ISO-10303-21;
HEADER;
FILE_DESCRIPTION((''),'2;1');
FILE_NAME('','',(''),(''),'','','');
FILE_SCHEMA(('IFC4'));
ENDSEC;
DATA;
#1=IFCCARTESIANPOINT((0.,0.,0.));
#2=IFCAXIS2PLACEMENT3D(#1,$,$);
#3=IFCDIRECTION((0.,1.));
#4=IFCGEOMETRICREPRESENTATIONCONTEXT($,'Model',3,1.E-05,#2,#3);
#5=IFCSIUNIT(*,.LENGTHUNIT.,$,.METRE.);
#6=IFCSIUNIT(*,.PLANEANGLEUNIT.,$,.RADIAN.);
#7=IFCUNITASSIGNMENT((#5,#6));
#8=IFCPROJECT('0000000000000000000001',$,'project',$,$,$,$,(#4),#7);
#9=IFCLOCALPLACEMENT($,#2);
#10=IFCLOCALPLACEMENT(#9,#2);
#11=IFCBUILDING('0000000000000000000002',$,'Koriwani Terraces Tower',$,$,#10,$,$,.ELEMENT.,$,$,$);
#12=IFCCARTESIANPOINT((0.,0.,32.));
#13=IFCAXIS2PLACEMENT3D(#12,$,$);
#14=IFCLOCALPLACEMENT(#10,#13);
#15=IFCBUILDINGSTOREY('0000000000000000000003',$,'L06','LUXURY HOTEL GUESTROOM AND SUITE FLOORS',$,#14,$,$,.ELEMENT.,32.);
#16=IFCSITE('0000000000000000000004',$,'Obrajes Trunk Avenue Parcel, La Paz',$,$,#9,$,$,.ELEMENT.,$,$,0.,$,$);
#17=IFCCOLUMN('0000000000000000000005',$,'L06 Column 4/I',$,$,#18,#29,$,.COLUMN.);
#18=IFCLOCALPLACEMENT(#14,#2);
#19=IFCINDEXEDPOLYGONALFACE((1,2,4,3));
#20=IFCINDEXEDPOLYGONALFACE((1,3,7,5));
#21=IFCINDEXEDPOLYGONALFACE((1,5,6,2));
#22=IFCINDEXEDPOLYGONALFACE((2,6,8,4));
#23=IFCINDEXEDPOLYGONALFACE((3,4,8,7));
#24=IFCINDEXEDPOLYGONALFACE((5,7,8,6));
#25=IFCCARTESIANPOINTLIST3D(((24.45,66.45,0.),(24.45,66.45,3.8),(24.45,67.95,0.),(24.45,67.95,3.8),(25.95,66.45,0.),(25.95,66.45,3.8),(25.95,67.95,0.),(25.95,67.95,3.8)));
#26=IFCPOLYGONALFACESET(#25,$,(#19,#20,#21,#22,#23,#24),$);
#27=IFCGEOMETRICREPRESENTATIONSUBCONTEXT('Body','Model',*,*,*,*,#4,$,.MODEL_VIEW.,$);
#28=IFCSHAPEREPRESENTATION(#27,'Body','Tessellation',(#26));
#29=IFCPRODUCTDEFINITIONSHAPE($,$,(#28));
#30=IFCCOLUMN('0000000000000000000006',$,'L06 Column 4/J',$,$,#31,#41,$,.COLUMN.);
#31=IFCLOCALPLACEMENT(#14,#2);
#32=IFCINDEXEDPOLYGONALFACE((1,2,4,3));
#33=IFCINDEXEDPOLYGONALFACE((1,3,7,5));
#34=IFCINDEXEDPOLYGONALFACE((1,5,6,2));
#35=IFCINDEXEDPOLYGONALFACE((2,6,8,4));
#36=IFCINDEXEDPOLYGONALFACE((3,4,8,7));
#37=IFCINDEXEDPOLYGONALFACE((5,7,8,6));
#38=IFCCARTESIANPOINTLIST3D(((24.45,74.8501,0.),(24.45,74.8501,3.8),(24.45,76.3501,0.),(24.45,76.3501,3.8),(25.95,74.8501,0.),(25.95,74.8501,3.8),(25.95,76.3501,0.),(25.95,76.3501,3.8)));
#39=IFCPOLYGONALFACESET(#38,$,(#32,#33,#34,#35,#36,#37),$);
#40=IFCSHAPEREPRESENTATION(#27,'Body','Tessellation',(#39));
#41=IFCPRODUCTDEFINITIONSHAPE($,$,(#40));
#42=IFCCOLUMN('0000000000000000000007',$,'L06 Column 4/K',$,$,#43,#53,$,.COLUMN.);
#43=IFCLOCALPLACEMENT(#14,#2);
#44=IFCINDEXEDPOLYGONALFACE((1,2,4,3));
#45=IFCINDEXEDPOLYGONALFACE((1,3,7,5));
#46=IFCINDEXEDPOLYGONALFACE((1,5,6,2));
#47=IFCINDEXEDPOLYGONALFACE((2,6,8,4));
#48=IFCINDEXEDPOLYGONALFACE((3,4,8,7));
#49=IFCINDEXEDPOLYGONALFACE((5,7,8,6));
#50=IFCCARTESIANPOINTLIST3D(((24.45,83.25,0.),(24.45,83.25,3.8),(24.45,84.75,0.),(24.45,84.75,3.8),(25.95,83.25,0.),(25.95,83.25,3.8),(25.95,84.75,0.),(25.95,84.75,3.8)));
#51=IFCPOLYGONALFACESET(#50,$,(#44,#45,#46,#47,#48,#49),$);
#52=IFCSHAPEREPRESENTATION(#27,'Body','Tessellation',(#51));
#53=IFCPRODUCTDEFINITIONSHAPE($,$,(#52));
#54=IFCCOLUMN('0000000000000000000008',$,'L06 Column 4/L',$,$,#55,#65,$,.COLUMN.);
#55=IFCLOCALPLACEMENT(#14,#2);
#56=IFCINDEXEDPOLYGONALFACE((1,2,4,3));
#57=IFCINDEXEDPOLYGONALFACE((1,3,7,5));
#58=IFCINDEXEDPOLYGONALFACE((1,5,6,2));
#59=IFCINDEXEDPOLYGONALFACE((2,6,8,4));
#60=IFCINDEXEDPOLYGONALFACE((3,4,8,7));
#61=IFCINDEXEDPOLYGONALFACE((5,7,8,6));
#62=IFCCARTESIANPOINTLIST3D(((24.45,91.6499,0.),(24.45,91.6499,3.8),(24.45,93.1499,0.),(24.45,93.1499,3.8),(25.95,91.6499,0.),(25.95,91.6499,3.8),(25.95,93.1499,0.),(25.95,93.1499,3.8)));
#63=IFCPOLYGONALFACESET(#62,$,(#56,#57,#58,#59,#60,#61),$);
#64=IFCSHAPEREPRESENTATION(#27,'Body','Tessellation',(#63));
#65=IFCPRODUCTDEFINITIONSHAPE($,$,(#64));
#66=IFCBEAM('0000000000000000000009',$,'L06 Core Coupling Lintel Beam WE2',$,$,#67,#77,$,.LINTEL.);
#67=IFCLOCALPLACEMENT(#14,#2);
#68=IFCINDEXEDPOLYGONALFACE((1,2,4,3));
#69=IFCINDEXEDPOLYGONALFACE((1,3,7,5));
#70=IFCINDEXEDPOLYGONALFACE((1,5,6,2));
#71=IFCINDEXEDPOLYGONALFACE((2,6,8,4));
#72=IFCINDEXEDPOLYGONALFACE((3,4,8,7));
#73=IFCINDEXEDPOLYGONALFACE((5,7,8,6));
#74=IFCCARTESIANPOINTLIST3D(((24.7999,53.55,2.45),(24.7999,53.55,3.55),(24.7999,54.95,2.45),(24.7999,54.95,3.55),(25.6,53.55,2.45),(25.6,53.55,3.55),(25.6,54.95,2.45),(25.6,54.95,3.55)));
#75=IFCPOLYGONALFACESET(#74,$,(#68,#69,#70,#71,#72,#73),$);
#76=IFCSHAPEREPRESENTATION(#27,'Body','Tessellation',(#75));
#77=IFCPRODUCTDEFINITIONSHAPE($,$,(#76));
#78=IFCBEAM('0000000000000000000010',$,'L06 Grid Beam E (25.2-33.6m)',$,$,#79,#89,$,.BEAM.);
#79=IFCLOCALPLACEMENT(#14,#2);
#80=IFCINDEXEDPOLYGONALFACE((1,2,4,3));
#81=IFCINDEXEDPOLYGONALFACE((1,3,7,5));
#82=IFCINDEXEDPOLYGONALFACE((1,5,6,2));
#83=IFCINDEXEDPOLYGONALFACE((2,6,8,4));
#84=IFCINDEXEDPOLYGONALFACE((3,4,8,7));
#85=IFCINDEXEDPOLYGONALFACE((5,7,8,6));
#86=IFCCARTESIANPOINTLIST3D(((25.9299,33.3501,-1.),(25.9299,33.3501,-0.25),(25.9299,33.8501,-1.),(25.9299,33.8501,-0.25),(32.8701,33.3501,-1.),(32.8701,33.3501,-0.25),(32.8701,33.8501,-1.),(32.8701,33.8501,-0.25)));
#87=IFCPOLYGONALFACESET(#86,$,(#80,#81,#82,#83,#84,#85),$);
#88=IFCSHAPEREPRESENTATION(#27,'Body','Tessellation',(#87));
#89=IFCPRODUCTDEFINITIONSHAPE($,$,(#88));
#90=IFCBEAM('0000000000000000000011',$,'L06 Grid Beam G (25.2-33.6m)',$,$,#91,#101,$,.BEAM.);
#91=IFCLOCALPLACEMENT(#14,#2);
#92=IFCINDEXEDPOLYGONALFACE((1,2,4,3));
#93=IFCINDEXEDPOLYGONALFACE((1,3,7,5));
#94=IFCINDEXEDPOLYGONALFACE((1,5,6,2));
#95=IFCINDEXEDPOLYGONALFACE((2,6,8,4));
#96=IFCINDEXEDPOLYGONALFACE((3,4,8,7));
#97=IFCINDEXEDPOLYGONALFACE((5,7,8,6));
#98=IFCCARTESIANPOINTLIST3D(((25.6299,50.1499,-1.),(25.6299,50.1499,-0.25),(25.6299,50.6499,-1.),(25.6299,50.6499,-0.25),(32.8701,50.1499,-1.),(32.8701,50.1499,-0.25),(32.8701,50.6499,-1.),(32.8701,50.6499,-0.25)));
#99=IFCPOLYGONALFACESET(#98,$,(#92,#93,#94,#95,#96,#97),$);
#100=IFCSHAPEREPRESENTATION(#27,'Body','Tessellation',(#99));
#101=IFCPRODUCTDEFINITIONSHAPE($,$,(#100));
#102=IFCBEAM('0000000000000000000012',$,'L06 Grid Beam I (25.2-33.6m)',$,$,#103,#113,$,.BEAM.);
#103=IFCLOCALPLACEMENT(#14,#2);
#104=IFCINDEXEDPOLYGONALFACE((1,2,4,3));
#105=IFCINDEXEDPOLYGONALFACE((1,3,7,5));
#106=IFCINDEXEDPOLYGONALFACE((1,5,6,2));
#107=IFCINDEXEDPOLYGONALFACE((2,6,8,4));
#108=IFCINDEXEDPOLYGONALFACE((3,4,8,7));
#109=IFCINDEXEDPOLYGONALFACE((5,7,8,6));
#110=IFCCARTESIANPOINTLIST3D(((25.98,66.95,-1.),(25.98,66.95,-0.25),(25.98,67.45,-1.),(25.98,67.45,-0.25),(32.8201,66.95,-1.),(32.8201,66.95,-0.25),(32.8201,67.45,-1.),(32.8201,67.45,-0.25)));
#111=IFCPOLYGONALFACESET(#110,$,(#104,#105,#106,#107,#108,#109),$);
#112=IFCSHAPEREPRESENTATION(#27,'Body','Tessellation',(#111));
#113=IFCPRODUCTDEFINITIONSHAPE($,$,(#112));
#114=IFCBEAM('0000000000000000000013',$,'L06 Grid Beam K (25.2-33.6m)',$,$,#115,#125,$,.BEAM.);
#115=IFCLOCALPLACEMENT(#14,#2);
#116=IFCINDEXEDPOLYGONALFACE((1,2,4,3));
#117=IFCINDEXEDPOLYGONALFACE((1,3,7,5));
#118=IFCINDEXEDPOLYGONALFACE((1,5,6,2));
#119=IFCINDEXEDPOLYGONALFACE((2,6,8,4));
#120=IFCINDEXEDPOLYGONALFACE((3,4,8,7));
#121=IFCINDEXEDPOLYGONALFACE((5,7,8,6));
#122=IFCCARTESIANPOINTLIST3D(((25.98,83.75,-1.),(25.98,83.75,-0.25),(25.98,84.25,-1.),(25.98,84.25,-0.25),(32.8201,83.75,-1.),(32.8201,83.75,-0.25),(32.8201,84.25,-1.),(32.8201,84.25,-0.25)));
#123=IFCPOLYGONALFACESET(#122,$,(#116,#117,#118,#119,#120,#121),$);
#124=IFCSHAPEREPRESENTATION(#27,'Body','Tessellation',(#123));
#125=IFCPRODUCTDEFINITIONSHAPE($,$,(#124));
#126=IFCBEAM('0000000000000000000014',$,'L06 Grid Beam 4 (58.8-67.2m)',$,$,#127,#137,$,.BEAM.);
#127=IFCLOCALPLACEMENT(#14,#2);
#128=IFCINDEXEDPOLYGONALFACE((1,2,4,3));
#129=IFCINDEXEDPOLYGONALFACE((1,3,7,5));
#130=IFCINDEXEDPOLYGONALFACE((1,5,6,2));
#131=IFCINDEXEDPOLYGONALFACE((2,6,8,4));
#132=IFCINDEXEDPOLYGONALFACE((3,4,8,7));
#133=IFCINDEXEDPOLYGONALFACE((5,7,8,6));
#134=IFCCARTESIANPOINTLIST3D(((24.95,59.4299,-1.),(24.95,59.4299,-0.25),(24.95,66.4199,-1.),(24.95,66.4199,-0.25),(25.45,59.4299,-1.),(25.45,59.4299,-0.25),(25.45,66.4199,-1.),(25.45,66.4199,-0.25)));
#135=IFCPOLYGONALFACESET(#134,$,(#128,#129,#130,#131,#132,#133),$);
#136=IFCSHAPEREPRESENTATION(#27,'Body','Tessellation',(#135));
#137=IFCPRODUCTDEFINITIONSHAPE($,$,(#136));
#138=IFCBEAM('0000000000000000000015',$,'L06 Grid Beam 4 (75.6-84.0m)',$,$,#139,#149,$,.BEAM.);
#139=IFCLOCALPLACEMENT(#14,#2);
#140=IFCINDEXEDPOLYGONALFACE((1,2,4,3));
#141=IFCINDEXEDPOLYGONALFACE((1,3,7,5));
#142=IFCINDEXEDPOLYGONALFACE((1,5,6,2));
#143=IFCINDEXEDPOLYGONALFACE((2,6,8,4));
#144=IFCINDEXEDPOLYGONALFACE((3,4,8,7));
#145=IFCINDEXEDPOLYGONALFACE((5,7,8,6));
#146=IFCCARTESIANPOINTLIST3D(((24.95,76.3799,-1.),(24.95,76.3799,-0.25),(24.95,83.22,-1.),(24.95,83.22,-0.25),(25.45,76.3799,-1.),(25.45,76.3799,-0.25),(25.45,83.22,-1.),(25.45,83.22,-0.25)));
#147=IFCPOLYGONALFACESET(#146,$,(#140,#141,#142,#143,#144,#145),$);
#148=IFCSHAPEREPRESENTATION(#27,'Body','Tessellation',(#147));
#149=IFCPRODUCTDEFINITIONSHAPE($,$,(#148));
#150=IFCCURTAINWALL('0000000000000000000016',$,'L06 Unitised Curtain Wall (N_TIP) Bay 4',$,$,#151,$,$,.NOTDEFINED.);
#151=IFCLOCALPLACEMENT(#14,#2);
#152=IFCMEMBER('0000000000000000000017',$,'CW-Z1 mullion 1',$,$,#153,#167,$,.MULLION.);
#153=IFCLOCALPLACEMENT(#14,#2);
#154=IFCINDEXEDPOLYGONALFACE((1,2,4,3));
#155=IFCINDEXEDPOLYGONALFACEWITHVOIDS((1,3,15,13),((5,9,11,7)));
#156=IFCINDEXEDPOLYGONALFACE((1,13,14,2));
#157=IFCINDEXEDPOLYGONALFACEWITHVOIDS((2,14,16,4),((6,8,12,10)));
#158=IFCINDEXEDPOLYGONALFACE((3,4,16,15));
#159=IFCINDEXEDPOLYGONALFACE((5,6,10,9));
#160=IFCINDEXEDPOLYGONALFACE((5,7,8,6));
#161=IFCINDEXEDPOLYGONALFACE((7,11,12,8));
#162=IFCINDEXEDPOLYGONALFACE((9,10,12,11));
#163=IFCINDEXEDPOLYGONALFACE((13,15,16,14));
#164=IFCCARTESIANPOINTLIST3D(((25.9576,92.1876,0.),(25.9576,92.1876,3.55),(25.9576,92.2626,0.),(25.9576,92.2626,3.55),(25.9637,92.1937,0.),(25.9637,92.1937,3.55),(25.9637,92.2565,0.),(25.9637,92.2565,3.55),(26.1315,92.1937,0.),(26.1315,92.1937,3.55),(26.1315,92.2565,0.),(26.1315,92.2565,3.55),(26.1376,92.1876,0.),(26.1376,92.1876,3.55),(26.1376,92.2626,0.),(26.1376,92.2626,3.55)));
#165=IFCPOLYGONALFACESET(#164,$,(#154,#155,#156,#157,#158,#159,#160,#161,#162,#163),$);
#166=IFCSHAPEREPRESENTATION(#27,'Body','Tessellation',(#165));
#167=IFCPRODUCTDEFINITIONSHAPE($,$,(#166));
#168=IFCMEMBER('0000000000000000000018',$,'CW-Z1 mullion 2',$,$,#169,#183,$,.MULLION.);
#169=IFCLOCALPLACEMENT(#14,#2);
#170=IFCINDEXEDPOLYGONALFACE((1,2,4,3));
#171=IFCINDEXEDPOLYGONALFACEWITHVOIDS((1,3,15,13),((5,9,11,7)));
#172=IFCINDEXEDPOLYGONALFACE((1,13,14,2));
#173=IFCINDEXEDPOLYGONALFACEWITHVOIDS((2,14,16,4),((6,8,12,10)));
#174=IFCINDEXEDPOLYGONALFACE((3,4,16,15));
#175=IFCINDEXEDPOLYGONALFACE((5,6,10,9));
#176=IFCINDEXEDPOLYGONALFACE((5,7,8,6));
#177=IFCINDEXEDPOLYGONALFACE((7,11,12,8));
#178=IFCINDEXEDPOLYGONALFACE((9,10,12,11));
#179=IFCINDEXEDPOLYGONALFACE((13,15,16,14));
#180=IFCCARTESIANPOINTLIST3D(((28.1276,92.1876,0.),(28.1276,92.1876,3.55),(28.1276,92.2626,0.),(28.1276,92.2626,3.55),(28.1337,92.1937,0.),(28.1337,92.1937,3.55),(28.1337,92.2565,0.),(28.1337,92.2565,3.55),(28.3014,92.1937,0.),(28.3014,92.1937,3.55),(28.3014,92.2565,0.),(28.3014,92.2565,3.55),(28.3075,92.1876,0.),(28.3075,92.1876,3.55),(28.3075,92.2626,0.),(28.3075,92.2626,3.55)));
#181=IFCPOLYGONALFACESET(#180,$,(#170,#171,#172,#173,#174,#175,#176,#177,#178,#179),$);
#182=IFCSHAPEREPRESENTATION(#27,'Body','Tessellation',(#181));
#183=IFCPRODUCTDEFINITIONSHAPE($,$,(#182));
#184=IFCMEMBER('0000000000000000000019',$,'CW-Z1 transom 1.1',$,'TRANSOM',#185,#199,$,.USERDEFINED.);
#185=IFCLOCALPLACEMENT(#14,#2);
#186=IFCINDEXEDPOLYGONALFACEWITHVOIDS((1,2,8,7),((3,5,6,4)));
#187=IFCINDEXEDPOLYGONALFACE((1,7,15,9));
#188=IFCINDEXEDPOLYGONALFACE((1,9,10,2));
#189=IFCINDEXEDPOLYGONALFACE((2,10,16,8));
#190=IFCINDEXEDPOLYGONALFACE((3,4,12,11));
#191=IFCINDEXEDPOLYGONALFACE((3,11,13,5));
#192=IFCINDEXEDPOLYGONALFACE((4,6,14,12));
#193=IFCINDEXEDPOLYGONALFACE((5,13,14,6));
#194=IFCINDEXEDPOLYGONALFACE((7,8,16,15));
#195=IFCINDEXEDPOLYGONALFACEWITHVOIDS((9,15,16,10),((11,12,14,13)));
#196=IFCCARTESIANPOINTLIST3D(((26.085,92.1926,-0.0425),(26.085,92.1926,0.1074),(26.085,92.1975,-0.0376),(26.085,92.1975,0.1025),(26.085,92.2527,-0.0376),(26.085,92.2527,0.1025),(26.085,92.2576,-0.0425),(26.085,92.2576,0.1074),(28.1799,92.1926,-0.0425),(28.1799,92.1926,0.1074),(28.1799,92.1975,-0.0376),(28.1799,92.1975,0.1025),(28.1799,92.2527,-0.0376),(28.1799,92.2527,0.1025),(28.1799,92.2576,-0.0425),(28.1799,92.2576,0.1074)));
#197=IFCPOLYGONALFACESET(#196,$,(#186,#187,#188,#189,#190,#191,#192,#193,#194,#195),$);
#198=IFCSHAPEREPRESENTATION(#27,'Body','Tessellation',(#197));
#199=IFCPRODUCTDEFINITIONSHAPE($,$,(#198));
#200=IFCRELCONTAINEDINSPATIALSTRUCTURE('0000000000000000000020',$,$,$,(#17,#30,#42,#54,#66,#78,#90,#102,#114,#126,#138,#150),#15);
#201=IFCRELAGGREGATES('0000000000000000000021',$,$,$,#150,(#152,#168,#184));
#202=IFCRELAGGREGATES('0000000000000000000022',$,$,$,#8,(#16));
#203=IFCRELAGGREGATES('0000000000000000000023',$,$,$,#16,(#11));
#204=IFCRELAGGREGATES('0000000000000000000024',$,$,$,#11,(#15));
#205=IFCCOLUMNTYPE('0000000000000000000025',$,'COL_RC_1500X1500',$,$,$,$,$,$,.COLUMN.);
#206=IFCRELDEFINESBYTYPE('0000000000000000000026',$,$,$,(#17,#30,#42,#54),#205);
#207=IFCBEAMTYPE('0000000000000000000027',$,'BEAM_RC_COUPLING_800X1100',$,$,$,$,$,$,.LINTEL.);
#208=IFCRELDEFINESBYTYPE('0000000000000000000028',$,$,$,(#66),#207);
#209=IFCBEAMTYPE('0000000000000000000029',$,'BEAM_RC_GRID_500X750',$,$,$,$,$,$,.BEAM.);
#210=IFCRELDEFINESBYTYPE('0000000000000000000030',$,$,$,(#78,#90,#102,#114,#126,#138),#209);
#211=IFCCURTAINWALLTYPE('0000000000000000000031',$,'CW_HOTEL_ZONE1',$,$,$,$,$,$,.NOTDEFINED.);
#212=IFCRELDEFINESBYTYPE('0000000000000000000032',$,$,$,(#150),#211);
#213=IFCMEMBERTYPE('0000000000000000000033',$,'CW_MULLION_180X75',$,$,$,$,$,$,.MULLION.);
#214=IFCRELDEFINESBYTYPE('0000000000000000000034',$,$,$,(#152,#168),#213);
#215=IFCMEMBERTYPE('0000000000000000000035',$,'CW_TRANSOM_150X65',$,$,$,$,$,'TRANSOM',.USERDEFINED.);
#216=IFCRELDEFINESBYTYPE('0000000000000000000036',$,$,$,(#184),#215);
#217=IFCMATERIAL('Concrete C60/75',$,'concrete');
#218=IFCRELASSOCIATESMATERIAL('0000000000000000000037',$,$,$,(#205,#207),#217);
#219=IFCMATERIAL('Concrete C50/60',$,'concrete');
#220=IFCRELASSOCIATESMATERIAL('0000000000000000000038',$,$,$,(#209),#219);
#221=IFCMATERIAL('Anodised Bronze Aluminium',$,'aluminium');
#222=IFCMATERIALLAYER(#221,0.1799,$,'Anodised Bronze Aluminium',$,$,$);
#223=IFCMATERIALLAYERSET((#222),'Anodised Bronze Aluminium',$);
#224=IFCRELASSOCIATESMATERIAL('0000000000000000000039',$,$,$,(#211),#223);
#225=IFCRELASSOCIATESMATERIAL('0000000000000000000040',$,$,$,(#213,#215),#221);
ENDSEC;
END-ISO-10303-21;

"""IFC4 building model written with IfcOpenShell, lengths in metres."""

from ifc_helpers import new_model, si_unit, direction, frame, origin, origin_2d, place, context, subcontext, project, spatial, rectangle, hollow_rectangle, extrude, material, layer, layer_set, material_profile, profile_set, type_object, element, aggregate, save


model = new_model("IFC4")

# Units and contexts
model_context = context("Model", 3, precision=1e-05, world=origin(), true_north=direction((0.0, 1.0)))
body_context = subcontext(model_context, "Body", "Model", "MODEL_VIEW")
ifc_project = project(units=[si_unit("LENGTHUNIT", "METRE"), si_unit("PLANEANGLEUNIT", "RADIAN")], contexts=[model_context])

# Site, building, storey
site_placement = place(None, origin())
site = spatial("IfcSite", under=ifc_project, at=site_placement, Name="Obrajes Trunk Avenue Parcel, La Paz", CompositionType="ELEMENT", RefElevation=0.0)
building_placement = place(site_placement, origin())
building = spatial("IfcBuilding", under=site, at=building_placement, Name="Koriwani Terraces Tower", CompositionType="ELEMENT")
storey_placement = place(building_placement, frame((0.0, 0.0, 32.0)))
storey = spatial("IfcBuildingStorey", under=building, at=storey_placement, Name="L06", Description="LUXURY HOTEL GUESTROOM AND SUITE FLOORS", CompositionType="ELEMENT", Elevation=32.0)

# Columns
ifc_material_1 = material(Name="Concrete C60/75", Category="concrete")
ifc_material_profile_1 = material_profile(ifc_material_1, rectangle(XDim=1.5, YDim=1.5, at=origin_2d()), Name="Concrete C60/75", Category="LoadBearing")
ifc_profile_set_1 = profile_set([ifc_material_profile_1], Name="Concrete C60/75")
column_type = type_object("IfcColumnType", Name="COL_RC_1500X1500", PredefinedType="COLUMN", material=ifc_profile_set_1)
for number, where, z_axis, x_axis, name in (
    (1, (25.2, 67.2, 0.0), (0.0, 0.0, 1.0), (1.0, 0.0, 0.0), "L06 Column 4/I"),
    (2, (25.2, 75.6001, 0.0), (0.0, 0.0, 1.0), (1.0, 0.0, 0.0), "L06 Column 4/J"),
    (3, (25.2, 84.0, 0.0), (0.0, 0.0, 1.0), (1.0, 0.0, 0.0), "L06 Column 4/K"),
    (4, (25.2, 92.3999, 0.0), (0.0, 0.0, 1.0), (1.0, 0.0, 0.0), "L06 Column 4/L"),
):
    element("IfcColumn", number, at=place(storey_placement, frame(where, z_axis=z_axis, x_axis=x_axis)), inside=storey, type_object=column_type, Name=name, PredefinedType="COLUMN", context=body_context, shape_type="SweptSolid", body=[
        extrude(rectangle(XDim=1.5, YDim=1.5, at=origin_2d()), origin(), (0.0, 0.0, 1.0), 3.8),
    ])

# Beams
ifc_material_profile_2 = material_profile(ifc_material_1, rectangle(XDim=0.8, YDim=1.1001, at=origin_2d()), Name="Concrete C60/75", Category="LoadBearing")
ifc_profile_set_2 = profile_set([ifc_material_profile_2], Name="Concrete C60/75")
beam_type_1 = type_object("IfcBeamType", Name="BEAM_RC_COUPLING_800X1100", PredefinedType="LINTEL", material=ifc_profile_set_2)
beam_1_placement = place(storey_placement, frame((25.2, 53.55, 3.0), z_axis=(0.0, 1.0, 0.0), x_axis=(-1.0, 0.0, 0.0)))
element("IfcBeam", 5, at=beam_1_placement, inside=storey, type_object=beam_type_1, Name="L06 Core Coupling Lintel Beam WE2", PredefinedType="LINTEL", context=body_context, shape_type="SweptSolid", body=[
    extrude(rectangle(XDim=0.8, YDim=1.1001, at=origin_2d()), origin(), (0.0, 0.0, 1.0), 1.3999),
])
ifc_material_2 = material(Name="Concrete C50/60", Category="concrete")
ifc_material_profile_3 = material_profile(ifc_material_2, rectangle(XDim=0.5, YDim=0.75, at=origin_2d()), Name="Concrete C50/60", Category="LoadBearing")
ifc_profile_set_3 = profile_set([ifc_material_profile_3], Name="Concrete C50/60")
beam_type_2 = type_object("IfcBeamType", Name="BEAM_RC_GRID_500X750", PredefinedType="BEAM", material=ifc_profile_set_3)
beam_2_placement = place(storey_placement, frame((25.9299, 33.6001, -0.625), z_axis=(1.0, 0.0, 0.0), x_axis=(0.0, 1.0, 0.0)))
element("IfcBeam", 6, at=beam_2_placement, inside=storey, type_object=beam_type_2, Name="L06 Grid Beam E (25.2-33.6m)", PredefinedType="BEAM", context=body_context, shape_type="SweptSolid", body=[
    extrude(rectangle(XDim=0.5, YDim=0.75, at=origin_2d()), origin(), (0.0, 0.0, 1.0), 6.9402),
])
beam_3_placement = place(storey_placement, frame((25.6299, 50.3999, -0.625), z_axis=(1.0, 0.0, 0.0), x_axis=(0.0, 1.0, 0.0)))
element("IfcBeam", 7, at=beam_3_placement, inside=storey, type_object=beam_type_2, Name="L06 Grid Beam G (25.2-33.6m)", PredefinedType="BEAM", context=body_context, shape_type="SweptSolid", body=[
    extrude(rectangle(XDim=0.5, YDim=0.75, at=origin_2d()), origin(), (0.0, 0.0, 1.0), 7.2402),
])
for number, where, z_axis, x_axis, name in (
    (8, (25.98, 67.2, -0.625), (1.0, 0.0, 0.0), (0.0, 1.0, 0.0), "L06 Grid Beam I (25.2-33.6m)"),
    (9, (25.98, 84.0, -0.625), (1.0, 0.0, 0.0), (0.0, 1.0, 0.0), "L06 Grid Beam K (25.2-33.6m)"),
):
    element("IfcBeam", number, at=place(storey_placement, frame(where, z_axis=z_axis, x_axis=x_axis)), inside=storey, type_object=beam_type_2, Name=name, PredefinedType="BEAM", context=body_context, shape_type="SweptSolid", body=[
        extrude(rectangle(XDim=0.5, YDim=0.75, at=origin_2d()), origin(), (0.0, 0.0, 1.0), 6.8401),
    ])
beam_4_placement = place(storey_placement, frame((25.2, 59.4299, -0.625), z_axis=(0.0, 1.0, 0.0), x_axis=(-1.0, 0.0, 0.0)))
element("IfcBeam", 10, at=beam_4_placement, inside=storey, type_object=beam_type_2, Name="L06 Grid Beam 4 (58.8-67.2m)", PredefinedType="BEAM", context=body_context, shape_type="SweptSolid", body=[
    extrude(rectangle(XDim=0.5, YDim=0.75, at=origin_2d()), origin(), (0.0, 0.0, 1.0), 6.99),
])
beam_5_placement = place(storey_placement, frame((25.2, 76.3799, -0.625), z_axis=(0.0, 1.0, 0.0), x_axis=(-1.0, 0.0, 0.0)))
element("IfcBeam", 11, at=beam_5_placement, inside=storey, type_object=beam_type_2, Name="L06 Grid Beam 4 (75.6-84.0m)", PredefinedType="BEAM", context=body_context, shape_type="SweptSolid", body=[
    extrude(rectangle(XDim=0.5, YDim=0.75, at=origin_2d()), origin(), (0.0, 0.0, 1.0), 6.8401),
])

# Curtain wall, members
ifc_material_3 = material(Name="Anodised Bronze Aluminium", Category="aluminium")
ifc_layer_1 = layer(ifc_material_3, 0.1799, Name="Anodised Bronze Aluminium")
ifc_layer_set_1 = layer_set([ifc_layer_1], Name="Anodised Bronze Aluminium")
curtain_wall_type = type_object("IfcCurtainWallType", Name="CW_HOTEL_ZONE1", PredefinedType="NOTDEFINED", material=ifc_layer_set_1)
curtain_wall_placement = place(storey_placement, origin())
curtain_wall = element("IfcCurtainWall", 12, at=curtain_wall_placement, inside=storey, type_object=curtain_wall_type, Name="L06 Unitised Curtain Wall (N_TIP) Bay 4", PredefinedType="NOTDEFINED")
ifc_material_profile_4 = material_profile(ifc_material_3, hollow_rectangle(XDim=0.075, YDim=0.1799, WallThickness=0.0061, at=origin_2d()), Name="Anodised Bronze Aluminium", Category="LoadBearing")
ifc_profile_set_4 = profile_set([ifc_material_profile_4], Name="Anodised Bronze Aluminium")
member_type_1 = type_object("IfcMemberType", Name="CW_MULLION_180X75", PredefinedType="MULLION", material=ifc_profile_set_4)
member_1_placement = place(storey_placement, frame((26.0476, 92.2251, 0.0), z_axis=(0.0, 0.0, 1.0), x_axis=(0.0, 1.0, 0.0)))
member_1 = element("IfcMember", 13, at=member_1_placement, type_object=member_type_1, Name="CW-Z1 mullion 1", PredefinedType="MULLION", context=body_context, shape_type="SweptSolid", body=[
    extrude(hollow_rectangle(XDim=0.075, YDim=0.1799, WallThickness=0.0061, at=origin_2d()), origin(), (0.0, 0.0, 1.0), 3.55),
])
member_2_placement = place(storey_placement, frame((28.2175, 92.2251, 0.0), z_axis=(0.0, 0.0, 1.0), x_axis=(0.0, 1.0, 0.0)))
member_2 = element("IfcMember", 14, at=member_2_placement, type_object=member_type_1, Name="CW-Z1 mullion 2", PredefinedType="MULLION", context=body_context, shape_type="SweptSolid", body=[
    extrude(hollow_rectangle(XDim=0.075, YDim=0.1799, WallThickness=0.0061, at=origin_2d()), origin(), (0.0, 0.0, 1.0), 3.55),
])
ifc_material_profile_5 = material_profile(ifc_material_3, hollow_rectangle(XDim=0.0649, YDim=0.1499, WallThickness=0.0049, at=origin_2d()), Name="Anodised Bronze Aluminium", Category="LoadBearing")
ifc_profile_set_5 = profile_set([ifc_material_profile_5], Name="Anodised Bronze Aluminium")
member_type_2 = type_object("IfcMemberType", Name="CW_TRANSOM_150X65", ElementType="TRANSOM", PredefinedType="USERDEFINED", material=ifc_profile_set_5)
member_3_placement = place(storey_placement, frame((26.085, 92.2251, 0.0325), z_axis=(1.0, 0.0, 0.0), x_axis=(0.0, 1.0, 0.0)))
member_3 = element("IfcMember", 15, at=member_3_placement, type_object=member_type_2, Name="CW-Z1 transom 1.1", ObjectType="TRANSOM", PredefinedType="USERDEFINED", context=body_context, shape_type="SweptSolid", body=[
    extrude(hollow_rectangle(XDim=0.0649, YDim=0.1499, WallThickness=0.0049, at=origin_2d()), origin(), (0.0, 0.0, 1.0), 2.095),
])

aggregate(curtain_wall, [member_1, member_2, member_3])

save(model, "model.ifc")
